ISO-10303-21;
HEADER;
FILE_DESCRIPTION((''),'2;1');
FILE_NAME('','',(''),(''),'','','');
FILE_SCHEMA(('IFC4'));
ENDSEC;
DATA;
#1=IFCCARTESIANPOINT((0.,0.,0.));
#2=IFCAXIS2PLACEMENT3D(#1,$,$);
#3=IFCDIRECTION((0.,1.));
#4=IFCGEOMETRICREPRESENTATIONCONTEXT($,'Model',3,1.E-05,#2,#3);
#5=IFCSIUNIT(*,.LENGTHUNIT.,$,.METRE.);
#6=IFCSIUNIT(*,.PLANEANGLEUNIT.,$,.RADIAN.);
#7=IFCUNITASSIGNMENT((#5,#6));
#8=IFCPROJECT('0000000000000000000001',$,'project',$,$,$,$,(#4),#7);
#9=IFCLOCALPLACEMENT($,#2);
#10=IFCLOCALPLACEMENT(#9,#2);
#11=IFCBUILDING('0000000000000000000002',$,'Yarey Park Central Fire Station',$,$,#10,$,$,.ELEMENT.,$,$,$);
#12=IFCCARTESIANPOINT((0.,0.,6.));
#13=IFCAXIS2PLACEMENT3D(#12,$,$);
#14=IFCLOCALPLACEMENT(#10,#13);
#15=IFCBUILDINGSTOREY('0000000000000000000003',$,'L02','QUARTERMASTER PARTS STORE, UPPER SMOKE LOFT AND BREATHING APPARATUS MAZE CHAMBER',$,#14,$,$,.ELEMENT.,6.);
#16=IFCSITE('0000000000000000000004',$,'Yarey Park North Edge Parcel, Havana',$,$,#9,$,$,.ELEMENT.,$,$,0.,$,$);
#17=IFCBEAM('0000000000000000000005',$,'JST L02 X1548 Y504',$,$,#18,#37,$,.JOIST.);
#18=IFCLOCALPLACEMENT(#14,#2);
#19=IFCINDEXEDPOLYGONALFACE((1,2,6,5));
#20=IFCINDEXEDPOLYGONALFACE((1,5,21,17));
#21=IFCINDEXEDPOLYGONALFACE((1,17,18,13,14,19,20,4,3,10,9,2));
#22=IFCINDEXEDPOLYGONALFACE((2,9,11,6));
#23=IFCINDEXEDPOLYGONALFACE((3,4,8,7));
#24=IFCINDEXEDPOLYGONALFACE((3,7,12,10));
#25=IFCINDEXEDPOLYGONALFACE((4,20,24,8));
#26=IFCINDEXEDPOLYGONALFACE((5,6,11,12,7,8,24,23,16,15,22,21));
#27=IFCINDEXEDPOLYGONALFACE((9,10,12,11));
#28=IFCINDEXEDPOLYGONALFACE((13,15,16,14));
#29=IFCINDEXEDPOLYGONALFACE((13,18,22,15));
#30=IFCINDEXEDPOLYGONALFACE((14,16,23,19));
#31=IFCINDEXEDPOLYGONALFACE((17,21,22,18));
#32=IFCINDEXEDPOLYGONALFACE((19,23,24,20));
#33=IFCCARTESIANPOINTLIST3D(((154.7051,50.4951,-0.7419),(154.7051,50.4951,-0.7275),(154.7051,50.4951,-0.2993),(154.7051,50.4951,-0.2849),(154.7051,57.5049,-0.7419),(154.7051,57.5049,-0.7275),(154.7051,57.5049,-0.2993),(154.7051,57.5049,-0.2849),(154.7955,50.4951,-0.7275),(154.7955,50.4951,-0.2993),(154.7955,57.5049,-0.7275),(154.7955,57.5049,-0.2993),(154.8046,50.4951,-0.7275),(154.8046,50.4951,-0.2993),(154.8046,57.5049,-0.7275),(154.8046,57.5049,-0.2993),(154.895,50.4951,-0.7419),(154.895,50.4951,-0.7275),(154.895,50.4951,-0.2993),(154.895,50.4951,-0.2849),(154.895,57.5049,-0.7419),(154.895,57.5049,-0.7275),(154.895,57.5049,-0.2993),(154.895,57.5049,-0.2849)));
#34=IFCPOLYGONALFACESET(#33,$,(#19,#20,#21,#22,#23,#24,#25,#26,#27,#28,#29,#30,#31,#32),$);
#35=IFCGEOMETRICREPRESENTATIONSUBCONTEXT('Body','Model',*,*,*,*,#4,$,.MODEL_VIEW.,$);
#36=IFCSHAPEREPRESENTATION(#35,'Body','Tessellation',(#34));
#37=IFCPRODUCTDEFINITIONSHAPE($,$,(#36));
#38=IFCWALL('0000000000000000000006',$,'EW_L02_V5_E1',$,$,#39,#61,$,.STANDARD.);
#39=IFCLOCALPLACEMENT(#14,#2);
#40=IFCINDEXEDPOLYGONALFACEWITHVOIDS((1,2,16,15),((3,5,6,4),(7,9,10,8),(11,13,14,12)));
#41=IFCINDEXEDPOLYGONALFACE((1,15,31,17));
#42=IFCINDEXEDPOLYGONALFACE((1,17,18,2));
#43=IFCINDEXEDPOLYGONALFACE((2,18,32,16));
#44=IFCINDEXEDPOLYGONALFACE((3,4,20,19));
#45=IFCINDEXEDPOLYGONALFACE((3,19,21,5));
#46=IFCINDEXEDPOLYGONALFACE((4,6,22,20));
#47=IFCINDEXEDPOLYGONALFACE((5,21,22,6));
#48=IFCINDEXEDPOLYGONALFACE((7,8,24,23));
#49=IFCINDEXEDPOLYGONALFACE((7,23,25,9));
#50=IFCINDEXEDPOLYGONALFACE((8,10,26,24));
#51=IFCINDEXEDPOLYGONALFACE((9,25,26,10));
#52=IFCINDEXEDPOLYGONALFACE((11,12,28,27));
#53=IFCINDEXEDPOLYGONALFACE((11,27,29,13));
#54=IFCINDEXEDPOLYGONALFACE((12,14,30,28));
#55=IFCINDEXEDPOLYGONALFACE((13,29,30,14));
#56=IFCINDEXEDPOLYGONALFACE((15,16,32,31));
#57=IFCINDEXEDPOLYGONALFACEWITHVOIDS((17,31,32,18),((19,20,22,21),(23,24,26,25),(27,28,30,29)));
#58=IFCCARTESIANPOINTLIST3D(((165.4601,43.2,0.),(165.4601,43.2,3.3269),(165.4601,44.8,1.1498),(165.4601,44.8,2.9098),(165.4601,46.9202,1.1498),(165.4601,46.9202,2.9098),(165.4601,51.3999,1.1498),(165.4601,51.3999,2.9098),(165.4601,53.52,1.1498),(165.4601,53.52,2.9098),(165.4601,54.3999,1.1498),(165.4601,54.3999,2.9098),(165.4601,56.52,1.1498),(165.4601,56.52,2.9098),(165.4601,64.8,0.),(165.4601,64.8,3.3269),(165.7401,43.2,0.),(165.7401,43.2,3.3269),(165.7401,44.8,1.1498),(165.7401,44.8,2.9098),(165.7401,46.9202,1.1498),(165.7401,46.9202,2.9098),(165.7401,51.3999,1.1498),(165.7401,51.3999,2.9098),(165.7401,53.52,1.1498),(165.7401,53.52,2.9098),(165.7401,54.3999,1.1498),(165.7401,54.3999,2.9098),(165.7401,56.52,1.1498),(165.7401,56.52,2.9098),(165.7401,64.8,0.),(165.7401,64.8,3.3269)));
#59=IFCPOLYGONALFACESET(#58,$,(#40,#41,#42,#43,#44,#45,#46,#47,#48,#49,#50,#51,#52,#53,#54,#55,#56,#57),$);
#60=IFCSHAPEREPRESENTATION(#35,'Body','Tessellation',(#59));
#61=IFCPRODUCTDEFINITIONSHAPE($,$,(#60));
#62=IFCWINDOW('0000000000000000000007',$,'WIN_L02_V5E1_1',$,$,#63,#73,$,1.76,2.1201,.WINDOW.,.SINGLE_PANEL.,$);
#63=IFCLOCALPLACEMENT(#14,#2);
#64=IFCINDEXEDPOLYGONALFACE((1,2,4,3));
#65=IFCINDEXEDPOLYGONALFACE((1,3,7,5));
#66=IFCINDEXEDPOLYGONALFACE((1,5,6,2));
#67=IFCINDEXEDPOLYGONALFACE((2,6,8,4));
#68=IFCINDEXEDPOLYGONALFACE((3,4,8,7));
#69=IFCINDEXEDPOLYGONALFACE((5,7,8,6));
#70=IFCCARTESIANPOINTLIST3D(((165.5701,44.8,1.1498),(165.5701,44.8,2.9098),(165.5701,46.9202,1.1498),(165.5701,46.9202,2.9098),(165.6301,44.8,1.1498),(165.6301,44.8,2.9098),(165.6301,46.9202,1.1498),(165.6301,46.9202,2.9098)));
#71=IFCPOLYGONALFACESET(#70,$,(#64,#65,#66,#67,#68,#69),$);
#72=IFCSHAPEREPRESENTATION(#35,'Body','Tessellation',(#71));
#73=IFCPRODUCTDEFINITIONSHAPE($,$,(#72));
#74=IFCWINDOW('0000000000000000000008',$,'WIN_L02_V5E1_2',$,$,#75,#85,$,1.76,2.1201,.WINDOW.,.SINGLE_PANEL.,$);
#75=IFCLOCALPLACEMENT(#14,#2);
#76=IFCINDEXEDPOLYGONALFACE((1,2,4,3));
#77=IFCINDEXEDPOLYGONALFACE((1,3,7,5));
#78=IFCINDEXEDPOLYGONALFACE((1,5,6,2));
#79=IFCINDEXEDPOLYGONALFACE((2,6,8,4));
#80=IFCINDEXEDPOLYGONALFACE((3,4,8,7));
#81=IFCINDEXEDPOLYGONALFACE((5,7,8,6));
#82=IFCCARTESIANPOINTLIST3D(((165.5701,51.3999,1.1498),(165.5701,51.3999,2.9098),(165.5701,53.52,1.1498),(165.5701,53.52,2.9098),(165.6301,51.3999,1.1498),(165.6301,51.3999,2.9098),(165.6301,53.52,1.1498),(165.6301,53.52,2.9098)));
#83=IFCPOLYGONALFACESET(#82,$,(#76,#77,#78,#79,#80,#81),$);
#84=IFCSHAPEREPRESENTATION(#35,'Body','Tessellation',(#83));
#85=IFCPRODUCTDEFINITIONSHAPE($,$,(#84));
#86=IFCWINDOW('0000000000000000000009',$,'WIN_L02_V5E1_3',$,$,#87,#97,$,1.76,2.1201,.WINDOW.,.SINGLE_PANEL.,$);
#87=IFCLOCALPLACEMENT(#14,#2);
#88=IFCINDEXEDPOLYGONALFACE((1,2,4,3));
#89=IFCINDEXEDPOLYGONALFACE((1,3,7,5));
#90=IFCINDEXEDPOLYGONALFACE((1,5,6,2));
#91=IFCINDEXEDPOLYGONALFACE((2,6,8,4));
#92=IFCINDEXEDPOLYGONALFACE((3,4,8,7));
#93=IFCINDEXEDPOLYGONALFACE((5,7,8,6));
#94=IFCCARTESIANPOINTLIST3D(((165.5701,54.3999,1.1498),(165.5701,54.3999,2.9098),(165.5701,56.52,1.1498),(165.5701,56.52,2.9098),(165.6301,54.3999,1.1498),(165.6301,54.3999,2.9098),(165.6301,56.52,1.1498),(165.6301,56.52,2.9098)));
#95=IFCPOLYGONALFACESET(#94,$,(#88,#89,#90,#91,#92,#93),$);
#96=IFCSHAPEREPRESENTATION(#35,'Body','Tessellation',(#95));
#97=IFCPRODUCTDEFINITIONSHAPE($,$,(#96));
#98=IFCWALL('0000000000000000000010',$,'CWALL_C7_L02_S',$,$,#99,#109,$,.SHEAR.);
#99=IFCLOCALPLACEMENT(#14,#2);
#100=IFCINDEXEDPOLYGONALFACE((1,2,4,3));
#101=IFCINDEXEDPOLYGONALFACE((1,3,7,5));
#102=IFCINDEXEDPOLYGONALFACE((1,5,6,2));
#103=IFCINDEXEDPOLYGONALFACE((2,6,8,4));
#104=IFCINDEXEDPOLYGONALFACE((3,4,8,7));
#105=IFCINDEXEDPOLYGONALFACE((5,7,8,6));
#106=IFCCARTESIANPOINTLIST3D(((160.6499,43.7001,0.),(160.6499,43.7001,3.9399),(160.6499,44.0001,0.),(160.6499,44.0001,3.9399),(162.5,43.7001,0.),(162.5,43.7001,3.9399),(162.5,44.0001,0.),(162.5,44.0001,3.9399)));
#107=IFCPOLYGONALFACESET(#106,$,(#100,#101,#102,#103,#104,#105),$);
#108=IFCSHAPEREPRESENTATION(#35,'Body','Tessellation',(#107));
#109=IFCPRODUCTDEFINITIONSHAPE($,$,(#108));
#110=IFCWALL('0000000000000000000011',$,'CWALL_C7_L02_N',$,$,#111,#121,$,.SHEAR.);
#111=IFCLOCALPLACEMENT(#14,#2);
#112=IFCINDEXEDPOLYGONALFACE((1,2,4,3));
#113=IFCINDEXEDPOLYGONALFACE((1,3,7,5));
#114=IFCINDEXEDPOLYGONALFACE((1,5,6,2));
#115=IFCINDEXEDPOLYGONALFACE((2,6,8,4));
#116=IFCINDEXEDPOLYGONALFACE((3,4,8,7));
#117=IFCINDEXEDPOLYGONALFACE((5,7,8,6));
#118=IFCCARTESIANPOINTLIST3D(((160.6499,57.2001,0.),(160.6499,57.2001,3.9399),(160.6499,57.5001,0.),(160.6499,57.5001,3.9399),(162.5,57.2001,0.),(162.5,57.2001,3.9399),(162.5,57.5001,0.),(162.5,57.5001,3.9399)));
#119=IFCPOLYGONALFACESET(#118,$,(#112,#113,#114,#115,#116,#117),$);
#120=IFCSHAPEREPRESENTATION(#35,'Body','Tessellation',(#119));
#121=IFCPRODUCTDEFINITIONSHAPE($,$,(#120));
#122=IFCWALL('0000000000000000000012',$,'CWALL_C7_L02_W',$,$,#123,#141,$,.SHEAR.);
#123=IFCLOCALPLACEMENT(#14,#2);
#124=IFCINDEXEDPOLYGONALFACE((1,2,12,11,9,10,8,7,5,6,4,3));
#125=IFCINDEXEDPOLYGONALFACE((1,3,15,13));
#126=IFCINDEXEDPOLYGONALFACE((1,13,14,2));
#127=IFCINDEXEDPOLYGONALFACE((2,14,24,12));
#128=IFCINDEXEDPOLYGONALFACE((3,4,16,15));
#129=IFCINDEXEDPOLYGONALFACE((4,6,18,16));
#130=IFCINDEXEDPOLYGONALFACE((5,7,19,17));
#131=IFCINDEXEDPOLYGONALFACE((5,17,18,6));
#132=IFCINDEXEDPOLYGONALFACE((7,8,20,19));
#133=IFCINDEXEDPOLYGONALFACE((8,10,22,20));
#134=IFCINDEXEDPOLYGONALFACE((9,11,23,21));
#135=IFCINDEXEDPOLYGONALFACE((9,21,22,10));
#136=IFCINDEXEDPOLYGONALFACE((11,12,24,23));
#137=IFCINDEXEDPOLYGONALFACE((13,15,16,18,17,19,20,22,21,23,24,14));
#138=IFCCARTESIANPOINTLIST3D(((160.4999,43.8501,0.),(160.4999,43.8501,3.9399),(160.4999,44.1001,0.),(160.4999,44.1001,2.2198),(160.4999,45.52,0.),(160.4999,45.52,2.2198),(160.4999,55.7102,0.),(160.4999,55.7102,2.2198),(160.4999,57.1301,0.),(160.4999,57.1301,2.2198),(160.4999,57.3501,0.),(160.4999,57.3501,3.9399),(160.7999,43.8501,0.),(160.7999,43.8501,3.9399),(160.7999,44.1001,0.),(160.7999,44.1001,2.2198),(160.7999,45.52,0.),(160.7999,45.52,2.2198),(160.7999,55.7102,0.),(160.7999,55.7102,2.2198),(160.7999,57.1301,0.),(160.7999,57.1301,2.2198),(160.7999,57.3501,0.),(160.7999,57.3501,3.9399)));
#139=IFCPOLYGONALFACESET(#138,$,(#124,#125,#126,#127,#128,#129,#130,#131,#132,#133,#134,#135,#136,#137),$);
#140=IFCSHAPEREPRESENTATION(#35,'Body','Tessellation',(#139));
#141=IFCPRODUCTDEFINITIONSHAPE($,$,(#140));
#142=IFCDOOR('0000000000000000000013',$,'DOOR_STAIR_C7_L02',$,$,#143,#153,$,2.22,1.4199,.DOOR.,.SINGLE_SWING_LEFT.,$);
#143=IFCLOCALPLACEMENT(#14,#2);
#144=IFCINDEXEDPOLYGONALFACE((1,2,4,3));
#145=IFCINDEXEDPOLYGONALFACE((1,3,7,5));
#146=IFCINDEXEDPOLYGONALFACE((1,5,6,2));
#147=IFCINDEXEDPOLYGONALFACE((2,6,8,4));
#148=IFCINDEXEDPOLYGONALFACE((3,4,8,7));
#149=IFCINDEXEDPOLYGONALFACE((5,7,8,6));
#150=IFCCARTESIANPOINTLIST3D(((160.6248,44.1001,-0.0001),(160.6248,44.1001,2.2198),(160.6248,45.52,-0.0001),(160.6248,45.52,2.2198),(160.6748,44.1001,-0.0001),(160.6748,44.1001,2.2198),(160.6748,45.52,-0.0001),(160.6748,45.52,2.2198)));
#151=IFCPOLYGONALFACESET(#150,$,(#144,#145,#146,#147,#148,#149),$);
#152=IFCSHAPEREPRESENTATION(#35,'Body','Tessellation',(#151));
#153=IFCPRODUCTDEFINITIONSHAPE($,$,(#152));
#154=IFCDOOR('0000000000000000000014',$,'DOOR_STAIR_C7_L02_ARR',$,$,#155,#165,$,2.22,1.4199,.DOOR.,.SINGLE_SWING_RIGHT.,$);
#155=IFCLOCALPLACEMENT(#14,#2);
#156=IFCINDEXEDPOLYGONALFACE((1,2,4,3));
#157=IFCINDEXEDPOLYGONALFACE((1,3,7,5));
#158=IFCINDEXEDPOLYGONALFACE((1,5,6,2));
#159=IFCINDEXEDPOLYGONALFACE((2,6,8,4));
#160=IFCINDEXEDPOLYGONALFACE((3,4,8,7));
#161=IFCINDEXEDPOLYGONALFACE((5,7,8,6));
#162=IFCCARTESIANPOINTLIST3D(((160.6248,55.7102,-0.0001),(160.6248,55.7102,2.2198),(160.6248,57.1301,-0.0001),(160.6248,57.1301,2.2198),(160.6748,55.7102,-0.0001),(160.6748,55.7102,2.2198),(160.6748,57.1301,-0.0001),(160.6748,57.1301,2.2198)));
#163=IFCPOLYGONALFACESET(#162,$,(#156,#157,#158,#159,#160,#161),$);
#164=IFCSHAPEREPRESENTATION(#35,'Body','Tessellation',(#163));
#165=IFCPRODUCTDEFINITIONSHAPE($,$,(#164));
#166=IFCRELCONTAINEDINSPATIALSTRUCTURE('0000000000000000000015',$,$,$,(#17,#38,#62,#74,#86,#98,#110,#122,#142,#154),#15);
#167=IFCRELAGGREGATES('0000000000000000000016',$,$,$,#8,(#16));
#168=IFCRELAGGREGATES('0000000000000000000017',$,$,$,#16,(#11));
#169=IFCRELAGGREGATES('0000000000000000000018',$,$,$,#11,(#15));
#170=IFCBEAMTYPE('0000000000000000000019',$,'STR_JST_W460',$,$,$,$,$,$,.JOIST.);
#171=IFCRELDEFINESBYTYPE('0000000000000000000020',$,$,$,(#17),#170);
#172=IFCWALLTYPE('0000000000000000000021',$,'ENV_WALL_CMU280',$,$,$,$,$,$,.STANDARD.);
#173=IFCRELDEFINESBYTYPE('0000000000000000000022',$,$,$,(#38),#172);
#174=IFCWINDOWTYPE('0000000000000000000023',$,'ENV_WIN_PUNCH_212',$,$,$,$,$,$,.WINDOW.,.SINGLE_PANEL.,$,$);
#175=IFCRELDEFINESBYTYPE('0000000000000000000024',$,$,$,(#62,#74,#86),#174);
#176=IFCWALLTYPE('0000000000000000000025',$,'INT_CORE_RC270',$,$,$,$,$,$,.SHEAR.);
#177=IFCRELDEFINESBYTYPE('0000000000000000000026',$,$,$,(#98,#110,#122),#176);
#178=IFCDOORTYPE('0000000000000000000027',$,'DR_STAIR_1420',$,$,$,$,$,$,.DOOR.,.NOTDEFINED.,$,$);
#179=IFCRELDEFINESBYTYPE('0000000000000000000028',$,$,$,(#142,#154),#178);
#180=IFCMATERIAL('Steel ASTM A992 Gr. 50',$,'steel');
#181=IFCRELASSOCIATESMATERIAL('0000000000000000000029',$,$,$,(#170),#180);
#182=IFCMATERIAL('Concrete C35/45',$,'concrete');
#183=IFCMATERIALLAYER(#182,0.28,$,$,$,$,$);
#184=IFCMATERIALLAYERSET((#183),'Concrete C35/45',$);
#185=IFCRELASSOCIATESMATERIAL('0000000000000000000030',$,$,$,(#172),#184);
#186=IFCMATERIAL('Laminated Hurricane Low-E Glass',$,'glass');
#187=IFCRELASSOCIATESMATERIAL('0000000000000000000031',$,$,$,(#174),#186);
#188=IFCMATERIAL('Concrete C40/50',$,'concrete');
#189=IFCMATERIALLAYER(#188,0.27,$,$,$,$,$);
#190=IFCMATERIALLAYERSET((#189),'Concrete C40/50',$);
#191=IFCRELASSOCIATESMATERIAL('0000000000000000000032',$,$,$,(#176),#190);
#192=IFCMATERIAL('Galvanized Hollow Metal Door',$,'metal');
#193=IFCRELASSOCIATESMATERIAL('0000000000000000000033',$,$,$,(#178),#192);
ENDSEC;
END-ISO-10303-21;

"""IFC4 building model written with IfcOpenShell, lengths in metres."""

from ifc_helpers import new_model, si_unit, direction, frame, frame_2d, origin, origin_2d, place, context, subcontext, project, spatial, rectangle, i_section, extrude, material, layer, layer_set, material_profile, profile_set, type_object, element, fill, save


model = new_model("IFC4")

# Units and contexts
model_context = context("Model", 3, precision=1e-05, world=origin(), true_north=direction((0.0, 1.0)))
body_context = subcontext(model_context, "Body", "Model", "MODEL_VIEW")
ifc_project = project(units=[si_unit("LENGTHUNIT", "METRE"), si_unit("PLANEANGLEUNIT", "RADIAN")], contexts=[model_context])

# Site, building, storey
site_placement = place(None, origin())
site = spatial("IfcSite", under=ifc_project, at=site_placement, Name="Yarey Park North Edge Parcel, Havana", CompositionType="ELEMENT", RefElevation=0.0)
building_placement = place(site_placement, origin())
building = spatial("IfcBuilding", under=site, at=building_placement, Name="Yarey Park Central Fire Station", CompositionType="ELEMENT")
storey_placement = place(building_placement, frame((0.0, 0.0, 6.0)))
storey = spatial("IfcBuildingStorey", under=building, at=storey_placement, Name="L02", Description="QUARTERMASTER PARTS STORE, UPPER SMOKE LOFT AND BREATHING APPARATUS MAZE CHAMBER", CompositionType="ELEMENT", Elevation=6.0)

# Shared definitions
ifc_material_1 = material(Name="Steel ASTM A992 Gr. 50", Category="steel")

# Beam
ifc_material_profile_1 = material_profile(ifc_material_1, i_section(OverallWidth=0.1899, OverallDepth=0.457, WebThickness=0.009, FlangeThickness=0.0144, at=origin_2d()), Name="W460x74")
ifc_profile_set_1 = profile_set([ifc_material_profile_1], Name="Steel ASTM A992 Gr. 50")
beam_type_1 = type_object("IfcBeamType", Name="STR_JST_W460", PredefinedType="JOIST", material=ifc_profile_set_1)
beam_1_placement = place(storey_placement, frame((154.8, 50.4951, -0.5134), z_axis=(0.0, 1.0, 0.0), x_axis=(-1.0, 0.0, 0.0)))
element("IfcBeam", 1, at=beam_1_placement, inside=storey, type_object=beam_type_1, Name="JST L02 X1548 Y504", PredefinedType="JOIST", context=body_context, shape_type="SweptSolid", body=[
    extrude(i_section(OverallWidth=0.1899, OverallDepth=0.457, WebThickness=0.009, FlangeThickness=0.0144, at=origin_2d()), origin(), (0.0, 0.0, 1.0), 7.0098),
])

# Wall, openings, windows
ifc_material_2 = material(Name="Concrete C35/45", Category="concrete")
ifc_layer_1 = layer(ifc_material_2, 0.28)
ifc_layer_set_1 = layer_set([ifc_layer_1], Name="Concrete C35/45")
wall_type_1 = type_object("IfcWallType", Name="ENV_WALL_CMU280", PredefinedType="STANDARD", material=ifc_layer_set_1)
wall_1_placement = place(storey_placement, frame((165.6001, 43.2, 0.0), z_axis=(0.0, 0.0, 1.0), x_axis=(0.0, 1.0, 0.0)))
wall_1 = element("IfcWall", 2, at=wall_1_placement, inside=storey, type_object=wall_type_1, Name="EW_L02_V5_E1", PredefinedType="STANDARD", context=body_context, shape_type="SweptSolid", body=[
    extrude(rectangle(XDim=21.6001, YDim=0.28, at=frame_2d((10.8, 0.0))), origin(), (0.0, 0.0, 1.0), 3.3269),
])
opening_1_placement = place(wall_1_placement, frame((1.6001, 0.0, 1.1499)))
opening_1 = element("IfcOpeningElement", 3, at=opening_1_placement, cuts=wall_1, PredefinedType="OPENING", context=body_context, shape_type="SweptSolid", body=[
    extrude(rectangle(XDim=2.1201, YDim=1.76, at=frame_2d((1.0601, 0.8799))), frame((0.0, 0.1499, 0.0), z_axis=(0.0, -1.0, 0.0), x_axis=(1.0, 0.0, 0.0)), (0.0, 0.0, 1.0), 0.3),
])
opening_2_placement = place(wall_1_placement, frame((8.2, 0.0, 1.1499)))
opening_2 = element("IfcOpeningElement", 4, at=opening_2_placement, cuts=wall_1, PredefinedType="OPENING", context=body_context, shape_type="SweptSolid", body=[
    extrude(rectangle(XDim=2.1201, YDim=1.76, at=frame_2d((1.0601, 0.8799))), frame((0.0, 0.1499, 0.0), z_axis=(0.0, -1.0, 0.0), x_axis=(1.0, 0.0, 0.0)), (0.0, 0.0, 1.0), 0.3),
])
opening_3_placement = place(wall_1_placement, frame((11.2, 0.0, 1.1499)))
opening_3 = element("IfcOpeningElement", 5, at=opening_3_placement, cuts=wall_1, PredefinedType="OPENING", context=body_context, shape_type="SweptSolid", body=[
    extrude(rectangle(XDim=2.1201, YDim=1.76, at=frame_2d((1.0601, 0.8799))), frame((0.0, 0.1499, 0.0), z_axis=(0.0, -1.0, 0.0), x_axis=(1.0, 0.0, 0.0)), (0.0, 0.0, 1.0), 0.3),
])
ifc_material_3 = material(Name="Laminated Hurricane Low-E Glass", Category="glass")
window_type = type_object("IfcWindowType", Name="ENV_WIN_PUNCH_212", PartitioningType="SINGLE_PANEL", PredefinedType="WINDOW", material=ifc_material_3)
window_1_placement = place(opening_1_placement, origin())
window_1 = element("IfcWindow", 6, at=window_1_placement, inside=storey, type_object=window_type, Name="WIN_L02_V5E1_1", OverallHeight=1.76, OverallWidth=2.1201, PartitioningType="SINGLE_PANEL", PredefinedType="WINDOW", context=body_context, shape_type="SweptSolid", body=[
    extrude(rectangle(XDim=2.1201, YDim=1.76, at=frame_2d((1.0601, 0.8799))), frame((0.0, 0.03, 0.0), z_axis=(0.0, -1.0, 0.0), x_axis=(1.0, 0.0, 0.0)), (0.0, 0.0, 1.0), 0.0601),
])
fill(opening_1, window_1)
window_2_placement = place(opening_2_placement, origin())
window_2 = element("IfcWindow", 7, at=window_2_placement, inside=storey, type_object=window_type, Name="WIN_L02_V5E1_2", OverallHeight=1.76, OverallWidth=2.1201, PartitioningType="SINGLE_PANEL", PredefinedType="WINDOW", context=body_context, shape_type="SweptSolid", body=[
    extrude(rectangle(XDim=2.1201, YDim=1.76, at=frame_2d((1.0601, 0.8799))), frame((0.0, 0.03, 0.0), z_axis=(0.0, -1.0, 0.0), x_axis=(1.0, 0.0, 0.0)), (0.0, 0.0, 1.0), 0.0601),
])
fill(opening_2, window_2)
window_3_placement = place(opening_3_placement, origin())
window_3 = element("IfcWindow", 8, at=window_3_placement, inside=storey, type_object=window_type, Name="WIN_L02_V5E1_3", OverallHeight=1.76, OverallWidth=2.1201, PartitioningType="SINGLE_PANEL", PredefinedType="WINDOW", context=body_context, shape_type="SweptSolid", body=[
    extrude(rectangle(XDim=2.1201, YDim=1.76, at=frame_2d((1.0601, 0.8799))), frame((0.0, 0.03, 0.0), z_axis=(0.0, -1.0, 0.0), x_axis=(1.0, 0.0, 0.0)), (0.0, 0.0, 1.0), 0.0601),
])
fill(opening_3, window_3)

# Walls
ifc_material_4 = material(Name="Concrete C40/50", Category="concrete")
ifc_layer_2 = layer(ifc_material_4, 0.27)
ifc_layer_set_2 = layer_set([ifc_layer_2], Name="Concrete C40/50")
wall_type_2 = type_object("IfcWallType", Name="INT_CORE_RC270", PredefinedType="SHEAR", material=ifc_layer_set_2)
for number, where, z_axis, x_axis, name in (
    (9, (160.6499, 43.8501, 0.0), (0.0, 0.0, 1.0), (1.0, 0.0, 0.0), "CWALL_C7_L02_S"),
    (10, (162.5, 57.3501, 0.0), (0.0, 0.0, 1.0), (-1.0, 0.0, 0.0), "CWALL_C7_L02_N"),
):
    element("IfcWall", number, at=place(storey_placement, frame(where, z_axis=z_axis, x_axis=x_axis)), inside=storey, type_object=wall_type_2, Name=name, PredefinedType="SHEAR", context=body_context, shape_type="SweptSolid", body=[
        extrude(rectangle(XDim=1.8501, YDim=0.3, at=frame_2d((0.925, 0.0))), origin(), (0.0, 0.0, 1.0), 3.9399),
    ])

# Wall, openings, doors
wall_2_placement = place(storey_placement, frame((160.6499, 57.3501, 0.0), z_axis=(0.0, 0.0, 1.0), x_axis=(0.0, -1.0, 0.0)))
wall_2 = element("IfcWall", 11, at=wall_2_placement, inside=storey, type_object=wall_type_2, Name="CWALL_C7_L02_W", PredefinedType="SHEAR", context=body_context, shape_type="SweptSolid", body=[
    extrude(rectangle(XDim=13.5, YDim=0.3, at=frame_2d((6.75, 0.0))), origin(), (0.0, 0.0, 1.0), 3.9399),
])
opening_4_placement = place(wall_2_placement, frame((11.8301, 0.0, 0.0)))
opening_4 = element("IfcOpeningElement", 12, at=opening_4_placement, cuts=wall_2, PredefinedType="OPENING", context=body_context, shape_type="SweptSolid", body=[
    extrude(rectangle(XDim=1.4199, YDim=2.22, at=frame_2d((0.71, 1.1099))), frame((0.0, 0.1599, 0.0), z_axis=(0.0, -1.0, 0.0), x_axis=(1.0, 0.0, 0.0)), (0.0, 0.0, 1.0), 0.3201),
])
opening_5_placement = place(wall_2_placement, frame((0.22, 0.0, 0.0)))
opening_5 = element("IfcOpeningElement", 13, at=opening_5_placement, cuts=wall_2, PredefinedType="OPENING", context=body_context, shape_type="SweptSolid", body=[
    extrude(rectangle(XDim=1.4199, YDim=2.22, at=frame_2d((0.71, 1.1099))), frame((0.0, 0.1599, 0.0), z_axis=(0.0, -1.0, 0.0), x_axis=(1.0, 0.0, 0.0)), (0.0, 0.0, 1.0), 0.3201),
])
ifc_material_5 = material(Name="Galvanized Hollow Metal Door", Category="metal")
door_type_1 = type_object("IfcDoorType", Name="DR_STAIR_1420", OperationType="NOTDEFINED", PredefinedType="DOOR", material=ifc_material_5)
door_1_placement = place(opening_4_placement, origin())
door_1 = element("IfcDoor", 14, at=door_1_placement, inside=storey, type_object=door_type_1, Name="DOOR_STAIR_C7_L02", OperationType="SINGLE_SWING_LEFT", OverallHeight=2.22, OverallWidth=1.4199, PredefinedType="DOOR", context=body_context, shape_type="SweptSolid", body=[
    extrude(rectangle(XDim=1.4199, YDim=2.22, at=frame_2d((0.71, 1.1099))), frame((0.0, 0.0249, 0.0), z_axis=(0.0, -1.0, 0.0), x_axis=(1.0, 0.0, 0.0)), (0.0, 0.0, 1.0), 0.05),
])
fill(opening_4, door_1)
door_2_placement = place(opening_5_placement, origin())
door_2 = element("IfcDoor", 15, at=door_2_placement, inside=storey, type_object=door_type_1, Name="DOOR_STAIR_C7_L02_ARR", OperationType="SINGLE_SWING_RIGHT", OverallHeight=2.22, OverallWidth=1.4199, PredefinedType="DOOR", context=body_context, shape_type="SweptSolid", body=[
    extrude(rectangle(XDim=1.4199, YDim=2.22, at=frame_2d((0.71, 1.1099))), frame((0.0, 0.0249, 0.0), z_axis=(0.0, -1.0, 0.0), x_axis=(1.0, 0.0, 0.0)), (0.0, 0.0, 1.0), 0.05),
])
fill(opening_5, door_2)

save(model, "model.ifc")
